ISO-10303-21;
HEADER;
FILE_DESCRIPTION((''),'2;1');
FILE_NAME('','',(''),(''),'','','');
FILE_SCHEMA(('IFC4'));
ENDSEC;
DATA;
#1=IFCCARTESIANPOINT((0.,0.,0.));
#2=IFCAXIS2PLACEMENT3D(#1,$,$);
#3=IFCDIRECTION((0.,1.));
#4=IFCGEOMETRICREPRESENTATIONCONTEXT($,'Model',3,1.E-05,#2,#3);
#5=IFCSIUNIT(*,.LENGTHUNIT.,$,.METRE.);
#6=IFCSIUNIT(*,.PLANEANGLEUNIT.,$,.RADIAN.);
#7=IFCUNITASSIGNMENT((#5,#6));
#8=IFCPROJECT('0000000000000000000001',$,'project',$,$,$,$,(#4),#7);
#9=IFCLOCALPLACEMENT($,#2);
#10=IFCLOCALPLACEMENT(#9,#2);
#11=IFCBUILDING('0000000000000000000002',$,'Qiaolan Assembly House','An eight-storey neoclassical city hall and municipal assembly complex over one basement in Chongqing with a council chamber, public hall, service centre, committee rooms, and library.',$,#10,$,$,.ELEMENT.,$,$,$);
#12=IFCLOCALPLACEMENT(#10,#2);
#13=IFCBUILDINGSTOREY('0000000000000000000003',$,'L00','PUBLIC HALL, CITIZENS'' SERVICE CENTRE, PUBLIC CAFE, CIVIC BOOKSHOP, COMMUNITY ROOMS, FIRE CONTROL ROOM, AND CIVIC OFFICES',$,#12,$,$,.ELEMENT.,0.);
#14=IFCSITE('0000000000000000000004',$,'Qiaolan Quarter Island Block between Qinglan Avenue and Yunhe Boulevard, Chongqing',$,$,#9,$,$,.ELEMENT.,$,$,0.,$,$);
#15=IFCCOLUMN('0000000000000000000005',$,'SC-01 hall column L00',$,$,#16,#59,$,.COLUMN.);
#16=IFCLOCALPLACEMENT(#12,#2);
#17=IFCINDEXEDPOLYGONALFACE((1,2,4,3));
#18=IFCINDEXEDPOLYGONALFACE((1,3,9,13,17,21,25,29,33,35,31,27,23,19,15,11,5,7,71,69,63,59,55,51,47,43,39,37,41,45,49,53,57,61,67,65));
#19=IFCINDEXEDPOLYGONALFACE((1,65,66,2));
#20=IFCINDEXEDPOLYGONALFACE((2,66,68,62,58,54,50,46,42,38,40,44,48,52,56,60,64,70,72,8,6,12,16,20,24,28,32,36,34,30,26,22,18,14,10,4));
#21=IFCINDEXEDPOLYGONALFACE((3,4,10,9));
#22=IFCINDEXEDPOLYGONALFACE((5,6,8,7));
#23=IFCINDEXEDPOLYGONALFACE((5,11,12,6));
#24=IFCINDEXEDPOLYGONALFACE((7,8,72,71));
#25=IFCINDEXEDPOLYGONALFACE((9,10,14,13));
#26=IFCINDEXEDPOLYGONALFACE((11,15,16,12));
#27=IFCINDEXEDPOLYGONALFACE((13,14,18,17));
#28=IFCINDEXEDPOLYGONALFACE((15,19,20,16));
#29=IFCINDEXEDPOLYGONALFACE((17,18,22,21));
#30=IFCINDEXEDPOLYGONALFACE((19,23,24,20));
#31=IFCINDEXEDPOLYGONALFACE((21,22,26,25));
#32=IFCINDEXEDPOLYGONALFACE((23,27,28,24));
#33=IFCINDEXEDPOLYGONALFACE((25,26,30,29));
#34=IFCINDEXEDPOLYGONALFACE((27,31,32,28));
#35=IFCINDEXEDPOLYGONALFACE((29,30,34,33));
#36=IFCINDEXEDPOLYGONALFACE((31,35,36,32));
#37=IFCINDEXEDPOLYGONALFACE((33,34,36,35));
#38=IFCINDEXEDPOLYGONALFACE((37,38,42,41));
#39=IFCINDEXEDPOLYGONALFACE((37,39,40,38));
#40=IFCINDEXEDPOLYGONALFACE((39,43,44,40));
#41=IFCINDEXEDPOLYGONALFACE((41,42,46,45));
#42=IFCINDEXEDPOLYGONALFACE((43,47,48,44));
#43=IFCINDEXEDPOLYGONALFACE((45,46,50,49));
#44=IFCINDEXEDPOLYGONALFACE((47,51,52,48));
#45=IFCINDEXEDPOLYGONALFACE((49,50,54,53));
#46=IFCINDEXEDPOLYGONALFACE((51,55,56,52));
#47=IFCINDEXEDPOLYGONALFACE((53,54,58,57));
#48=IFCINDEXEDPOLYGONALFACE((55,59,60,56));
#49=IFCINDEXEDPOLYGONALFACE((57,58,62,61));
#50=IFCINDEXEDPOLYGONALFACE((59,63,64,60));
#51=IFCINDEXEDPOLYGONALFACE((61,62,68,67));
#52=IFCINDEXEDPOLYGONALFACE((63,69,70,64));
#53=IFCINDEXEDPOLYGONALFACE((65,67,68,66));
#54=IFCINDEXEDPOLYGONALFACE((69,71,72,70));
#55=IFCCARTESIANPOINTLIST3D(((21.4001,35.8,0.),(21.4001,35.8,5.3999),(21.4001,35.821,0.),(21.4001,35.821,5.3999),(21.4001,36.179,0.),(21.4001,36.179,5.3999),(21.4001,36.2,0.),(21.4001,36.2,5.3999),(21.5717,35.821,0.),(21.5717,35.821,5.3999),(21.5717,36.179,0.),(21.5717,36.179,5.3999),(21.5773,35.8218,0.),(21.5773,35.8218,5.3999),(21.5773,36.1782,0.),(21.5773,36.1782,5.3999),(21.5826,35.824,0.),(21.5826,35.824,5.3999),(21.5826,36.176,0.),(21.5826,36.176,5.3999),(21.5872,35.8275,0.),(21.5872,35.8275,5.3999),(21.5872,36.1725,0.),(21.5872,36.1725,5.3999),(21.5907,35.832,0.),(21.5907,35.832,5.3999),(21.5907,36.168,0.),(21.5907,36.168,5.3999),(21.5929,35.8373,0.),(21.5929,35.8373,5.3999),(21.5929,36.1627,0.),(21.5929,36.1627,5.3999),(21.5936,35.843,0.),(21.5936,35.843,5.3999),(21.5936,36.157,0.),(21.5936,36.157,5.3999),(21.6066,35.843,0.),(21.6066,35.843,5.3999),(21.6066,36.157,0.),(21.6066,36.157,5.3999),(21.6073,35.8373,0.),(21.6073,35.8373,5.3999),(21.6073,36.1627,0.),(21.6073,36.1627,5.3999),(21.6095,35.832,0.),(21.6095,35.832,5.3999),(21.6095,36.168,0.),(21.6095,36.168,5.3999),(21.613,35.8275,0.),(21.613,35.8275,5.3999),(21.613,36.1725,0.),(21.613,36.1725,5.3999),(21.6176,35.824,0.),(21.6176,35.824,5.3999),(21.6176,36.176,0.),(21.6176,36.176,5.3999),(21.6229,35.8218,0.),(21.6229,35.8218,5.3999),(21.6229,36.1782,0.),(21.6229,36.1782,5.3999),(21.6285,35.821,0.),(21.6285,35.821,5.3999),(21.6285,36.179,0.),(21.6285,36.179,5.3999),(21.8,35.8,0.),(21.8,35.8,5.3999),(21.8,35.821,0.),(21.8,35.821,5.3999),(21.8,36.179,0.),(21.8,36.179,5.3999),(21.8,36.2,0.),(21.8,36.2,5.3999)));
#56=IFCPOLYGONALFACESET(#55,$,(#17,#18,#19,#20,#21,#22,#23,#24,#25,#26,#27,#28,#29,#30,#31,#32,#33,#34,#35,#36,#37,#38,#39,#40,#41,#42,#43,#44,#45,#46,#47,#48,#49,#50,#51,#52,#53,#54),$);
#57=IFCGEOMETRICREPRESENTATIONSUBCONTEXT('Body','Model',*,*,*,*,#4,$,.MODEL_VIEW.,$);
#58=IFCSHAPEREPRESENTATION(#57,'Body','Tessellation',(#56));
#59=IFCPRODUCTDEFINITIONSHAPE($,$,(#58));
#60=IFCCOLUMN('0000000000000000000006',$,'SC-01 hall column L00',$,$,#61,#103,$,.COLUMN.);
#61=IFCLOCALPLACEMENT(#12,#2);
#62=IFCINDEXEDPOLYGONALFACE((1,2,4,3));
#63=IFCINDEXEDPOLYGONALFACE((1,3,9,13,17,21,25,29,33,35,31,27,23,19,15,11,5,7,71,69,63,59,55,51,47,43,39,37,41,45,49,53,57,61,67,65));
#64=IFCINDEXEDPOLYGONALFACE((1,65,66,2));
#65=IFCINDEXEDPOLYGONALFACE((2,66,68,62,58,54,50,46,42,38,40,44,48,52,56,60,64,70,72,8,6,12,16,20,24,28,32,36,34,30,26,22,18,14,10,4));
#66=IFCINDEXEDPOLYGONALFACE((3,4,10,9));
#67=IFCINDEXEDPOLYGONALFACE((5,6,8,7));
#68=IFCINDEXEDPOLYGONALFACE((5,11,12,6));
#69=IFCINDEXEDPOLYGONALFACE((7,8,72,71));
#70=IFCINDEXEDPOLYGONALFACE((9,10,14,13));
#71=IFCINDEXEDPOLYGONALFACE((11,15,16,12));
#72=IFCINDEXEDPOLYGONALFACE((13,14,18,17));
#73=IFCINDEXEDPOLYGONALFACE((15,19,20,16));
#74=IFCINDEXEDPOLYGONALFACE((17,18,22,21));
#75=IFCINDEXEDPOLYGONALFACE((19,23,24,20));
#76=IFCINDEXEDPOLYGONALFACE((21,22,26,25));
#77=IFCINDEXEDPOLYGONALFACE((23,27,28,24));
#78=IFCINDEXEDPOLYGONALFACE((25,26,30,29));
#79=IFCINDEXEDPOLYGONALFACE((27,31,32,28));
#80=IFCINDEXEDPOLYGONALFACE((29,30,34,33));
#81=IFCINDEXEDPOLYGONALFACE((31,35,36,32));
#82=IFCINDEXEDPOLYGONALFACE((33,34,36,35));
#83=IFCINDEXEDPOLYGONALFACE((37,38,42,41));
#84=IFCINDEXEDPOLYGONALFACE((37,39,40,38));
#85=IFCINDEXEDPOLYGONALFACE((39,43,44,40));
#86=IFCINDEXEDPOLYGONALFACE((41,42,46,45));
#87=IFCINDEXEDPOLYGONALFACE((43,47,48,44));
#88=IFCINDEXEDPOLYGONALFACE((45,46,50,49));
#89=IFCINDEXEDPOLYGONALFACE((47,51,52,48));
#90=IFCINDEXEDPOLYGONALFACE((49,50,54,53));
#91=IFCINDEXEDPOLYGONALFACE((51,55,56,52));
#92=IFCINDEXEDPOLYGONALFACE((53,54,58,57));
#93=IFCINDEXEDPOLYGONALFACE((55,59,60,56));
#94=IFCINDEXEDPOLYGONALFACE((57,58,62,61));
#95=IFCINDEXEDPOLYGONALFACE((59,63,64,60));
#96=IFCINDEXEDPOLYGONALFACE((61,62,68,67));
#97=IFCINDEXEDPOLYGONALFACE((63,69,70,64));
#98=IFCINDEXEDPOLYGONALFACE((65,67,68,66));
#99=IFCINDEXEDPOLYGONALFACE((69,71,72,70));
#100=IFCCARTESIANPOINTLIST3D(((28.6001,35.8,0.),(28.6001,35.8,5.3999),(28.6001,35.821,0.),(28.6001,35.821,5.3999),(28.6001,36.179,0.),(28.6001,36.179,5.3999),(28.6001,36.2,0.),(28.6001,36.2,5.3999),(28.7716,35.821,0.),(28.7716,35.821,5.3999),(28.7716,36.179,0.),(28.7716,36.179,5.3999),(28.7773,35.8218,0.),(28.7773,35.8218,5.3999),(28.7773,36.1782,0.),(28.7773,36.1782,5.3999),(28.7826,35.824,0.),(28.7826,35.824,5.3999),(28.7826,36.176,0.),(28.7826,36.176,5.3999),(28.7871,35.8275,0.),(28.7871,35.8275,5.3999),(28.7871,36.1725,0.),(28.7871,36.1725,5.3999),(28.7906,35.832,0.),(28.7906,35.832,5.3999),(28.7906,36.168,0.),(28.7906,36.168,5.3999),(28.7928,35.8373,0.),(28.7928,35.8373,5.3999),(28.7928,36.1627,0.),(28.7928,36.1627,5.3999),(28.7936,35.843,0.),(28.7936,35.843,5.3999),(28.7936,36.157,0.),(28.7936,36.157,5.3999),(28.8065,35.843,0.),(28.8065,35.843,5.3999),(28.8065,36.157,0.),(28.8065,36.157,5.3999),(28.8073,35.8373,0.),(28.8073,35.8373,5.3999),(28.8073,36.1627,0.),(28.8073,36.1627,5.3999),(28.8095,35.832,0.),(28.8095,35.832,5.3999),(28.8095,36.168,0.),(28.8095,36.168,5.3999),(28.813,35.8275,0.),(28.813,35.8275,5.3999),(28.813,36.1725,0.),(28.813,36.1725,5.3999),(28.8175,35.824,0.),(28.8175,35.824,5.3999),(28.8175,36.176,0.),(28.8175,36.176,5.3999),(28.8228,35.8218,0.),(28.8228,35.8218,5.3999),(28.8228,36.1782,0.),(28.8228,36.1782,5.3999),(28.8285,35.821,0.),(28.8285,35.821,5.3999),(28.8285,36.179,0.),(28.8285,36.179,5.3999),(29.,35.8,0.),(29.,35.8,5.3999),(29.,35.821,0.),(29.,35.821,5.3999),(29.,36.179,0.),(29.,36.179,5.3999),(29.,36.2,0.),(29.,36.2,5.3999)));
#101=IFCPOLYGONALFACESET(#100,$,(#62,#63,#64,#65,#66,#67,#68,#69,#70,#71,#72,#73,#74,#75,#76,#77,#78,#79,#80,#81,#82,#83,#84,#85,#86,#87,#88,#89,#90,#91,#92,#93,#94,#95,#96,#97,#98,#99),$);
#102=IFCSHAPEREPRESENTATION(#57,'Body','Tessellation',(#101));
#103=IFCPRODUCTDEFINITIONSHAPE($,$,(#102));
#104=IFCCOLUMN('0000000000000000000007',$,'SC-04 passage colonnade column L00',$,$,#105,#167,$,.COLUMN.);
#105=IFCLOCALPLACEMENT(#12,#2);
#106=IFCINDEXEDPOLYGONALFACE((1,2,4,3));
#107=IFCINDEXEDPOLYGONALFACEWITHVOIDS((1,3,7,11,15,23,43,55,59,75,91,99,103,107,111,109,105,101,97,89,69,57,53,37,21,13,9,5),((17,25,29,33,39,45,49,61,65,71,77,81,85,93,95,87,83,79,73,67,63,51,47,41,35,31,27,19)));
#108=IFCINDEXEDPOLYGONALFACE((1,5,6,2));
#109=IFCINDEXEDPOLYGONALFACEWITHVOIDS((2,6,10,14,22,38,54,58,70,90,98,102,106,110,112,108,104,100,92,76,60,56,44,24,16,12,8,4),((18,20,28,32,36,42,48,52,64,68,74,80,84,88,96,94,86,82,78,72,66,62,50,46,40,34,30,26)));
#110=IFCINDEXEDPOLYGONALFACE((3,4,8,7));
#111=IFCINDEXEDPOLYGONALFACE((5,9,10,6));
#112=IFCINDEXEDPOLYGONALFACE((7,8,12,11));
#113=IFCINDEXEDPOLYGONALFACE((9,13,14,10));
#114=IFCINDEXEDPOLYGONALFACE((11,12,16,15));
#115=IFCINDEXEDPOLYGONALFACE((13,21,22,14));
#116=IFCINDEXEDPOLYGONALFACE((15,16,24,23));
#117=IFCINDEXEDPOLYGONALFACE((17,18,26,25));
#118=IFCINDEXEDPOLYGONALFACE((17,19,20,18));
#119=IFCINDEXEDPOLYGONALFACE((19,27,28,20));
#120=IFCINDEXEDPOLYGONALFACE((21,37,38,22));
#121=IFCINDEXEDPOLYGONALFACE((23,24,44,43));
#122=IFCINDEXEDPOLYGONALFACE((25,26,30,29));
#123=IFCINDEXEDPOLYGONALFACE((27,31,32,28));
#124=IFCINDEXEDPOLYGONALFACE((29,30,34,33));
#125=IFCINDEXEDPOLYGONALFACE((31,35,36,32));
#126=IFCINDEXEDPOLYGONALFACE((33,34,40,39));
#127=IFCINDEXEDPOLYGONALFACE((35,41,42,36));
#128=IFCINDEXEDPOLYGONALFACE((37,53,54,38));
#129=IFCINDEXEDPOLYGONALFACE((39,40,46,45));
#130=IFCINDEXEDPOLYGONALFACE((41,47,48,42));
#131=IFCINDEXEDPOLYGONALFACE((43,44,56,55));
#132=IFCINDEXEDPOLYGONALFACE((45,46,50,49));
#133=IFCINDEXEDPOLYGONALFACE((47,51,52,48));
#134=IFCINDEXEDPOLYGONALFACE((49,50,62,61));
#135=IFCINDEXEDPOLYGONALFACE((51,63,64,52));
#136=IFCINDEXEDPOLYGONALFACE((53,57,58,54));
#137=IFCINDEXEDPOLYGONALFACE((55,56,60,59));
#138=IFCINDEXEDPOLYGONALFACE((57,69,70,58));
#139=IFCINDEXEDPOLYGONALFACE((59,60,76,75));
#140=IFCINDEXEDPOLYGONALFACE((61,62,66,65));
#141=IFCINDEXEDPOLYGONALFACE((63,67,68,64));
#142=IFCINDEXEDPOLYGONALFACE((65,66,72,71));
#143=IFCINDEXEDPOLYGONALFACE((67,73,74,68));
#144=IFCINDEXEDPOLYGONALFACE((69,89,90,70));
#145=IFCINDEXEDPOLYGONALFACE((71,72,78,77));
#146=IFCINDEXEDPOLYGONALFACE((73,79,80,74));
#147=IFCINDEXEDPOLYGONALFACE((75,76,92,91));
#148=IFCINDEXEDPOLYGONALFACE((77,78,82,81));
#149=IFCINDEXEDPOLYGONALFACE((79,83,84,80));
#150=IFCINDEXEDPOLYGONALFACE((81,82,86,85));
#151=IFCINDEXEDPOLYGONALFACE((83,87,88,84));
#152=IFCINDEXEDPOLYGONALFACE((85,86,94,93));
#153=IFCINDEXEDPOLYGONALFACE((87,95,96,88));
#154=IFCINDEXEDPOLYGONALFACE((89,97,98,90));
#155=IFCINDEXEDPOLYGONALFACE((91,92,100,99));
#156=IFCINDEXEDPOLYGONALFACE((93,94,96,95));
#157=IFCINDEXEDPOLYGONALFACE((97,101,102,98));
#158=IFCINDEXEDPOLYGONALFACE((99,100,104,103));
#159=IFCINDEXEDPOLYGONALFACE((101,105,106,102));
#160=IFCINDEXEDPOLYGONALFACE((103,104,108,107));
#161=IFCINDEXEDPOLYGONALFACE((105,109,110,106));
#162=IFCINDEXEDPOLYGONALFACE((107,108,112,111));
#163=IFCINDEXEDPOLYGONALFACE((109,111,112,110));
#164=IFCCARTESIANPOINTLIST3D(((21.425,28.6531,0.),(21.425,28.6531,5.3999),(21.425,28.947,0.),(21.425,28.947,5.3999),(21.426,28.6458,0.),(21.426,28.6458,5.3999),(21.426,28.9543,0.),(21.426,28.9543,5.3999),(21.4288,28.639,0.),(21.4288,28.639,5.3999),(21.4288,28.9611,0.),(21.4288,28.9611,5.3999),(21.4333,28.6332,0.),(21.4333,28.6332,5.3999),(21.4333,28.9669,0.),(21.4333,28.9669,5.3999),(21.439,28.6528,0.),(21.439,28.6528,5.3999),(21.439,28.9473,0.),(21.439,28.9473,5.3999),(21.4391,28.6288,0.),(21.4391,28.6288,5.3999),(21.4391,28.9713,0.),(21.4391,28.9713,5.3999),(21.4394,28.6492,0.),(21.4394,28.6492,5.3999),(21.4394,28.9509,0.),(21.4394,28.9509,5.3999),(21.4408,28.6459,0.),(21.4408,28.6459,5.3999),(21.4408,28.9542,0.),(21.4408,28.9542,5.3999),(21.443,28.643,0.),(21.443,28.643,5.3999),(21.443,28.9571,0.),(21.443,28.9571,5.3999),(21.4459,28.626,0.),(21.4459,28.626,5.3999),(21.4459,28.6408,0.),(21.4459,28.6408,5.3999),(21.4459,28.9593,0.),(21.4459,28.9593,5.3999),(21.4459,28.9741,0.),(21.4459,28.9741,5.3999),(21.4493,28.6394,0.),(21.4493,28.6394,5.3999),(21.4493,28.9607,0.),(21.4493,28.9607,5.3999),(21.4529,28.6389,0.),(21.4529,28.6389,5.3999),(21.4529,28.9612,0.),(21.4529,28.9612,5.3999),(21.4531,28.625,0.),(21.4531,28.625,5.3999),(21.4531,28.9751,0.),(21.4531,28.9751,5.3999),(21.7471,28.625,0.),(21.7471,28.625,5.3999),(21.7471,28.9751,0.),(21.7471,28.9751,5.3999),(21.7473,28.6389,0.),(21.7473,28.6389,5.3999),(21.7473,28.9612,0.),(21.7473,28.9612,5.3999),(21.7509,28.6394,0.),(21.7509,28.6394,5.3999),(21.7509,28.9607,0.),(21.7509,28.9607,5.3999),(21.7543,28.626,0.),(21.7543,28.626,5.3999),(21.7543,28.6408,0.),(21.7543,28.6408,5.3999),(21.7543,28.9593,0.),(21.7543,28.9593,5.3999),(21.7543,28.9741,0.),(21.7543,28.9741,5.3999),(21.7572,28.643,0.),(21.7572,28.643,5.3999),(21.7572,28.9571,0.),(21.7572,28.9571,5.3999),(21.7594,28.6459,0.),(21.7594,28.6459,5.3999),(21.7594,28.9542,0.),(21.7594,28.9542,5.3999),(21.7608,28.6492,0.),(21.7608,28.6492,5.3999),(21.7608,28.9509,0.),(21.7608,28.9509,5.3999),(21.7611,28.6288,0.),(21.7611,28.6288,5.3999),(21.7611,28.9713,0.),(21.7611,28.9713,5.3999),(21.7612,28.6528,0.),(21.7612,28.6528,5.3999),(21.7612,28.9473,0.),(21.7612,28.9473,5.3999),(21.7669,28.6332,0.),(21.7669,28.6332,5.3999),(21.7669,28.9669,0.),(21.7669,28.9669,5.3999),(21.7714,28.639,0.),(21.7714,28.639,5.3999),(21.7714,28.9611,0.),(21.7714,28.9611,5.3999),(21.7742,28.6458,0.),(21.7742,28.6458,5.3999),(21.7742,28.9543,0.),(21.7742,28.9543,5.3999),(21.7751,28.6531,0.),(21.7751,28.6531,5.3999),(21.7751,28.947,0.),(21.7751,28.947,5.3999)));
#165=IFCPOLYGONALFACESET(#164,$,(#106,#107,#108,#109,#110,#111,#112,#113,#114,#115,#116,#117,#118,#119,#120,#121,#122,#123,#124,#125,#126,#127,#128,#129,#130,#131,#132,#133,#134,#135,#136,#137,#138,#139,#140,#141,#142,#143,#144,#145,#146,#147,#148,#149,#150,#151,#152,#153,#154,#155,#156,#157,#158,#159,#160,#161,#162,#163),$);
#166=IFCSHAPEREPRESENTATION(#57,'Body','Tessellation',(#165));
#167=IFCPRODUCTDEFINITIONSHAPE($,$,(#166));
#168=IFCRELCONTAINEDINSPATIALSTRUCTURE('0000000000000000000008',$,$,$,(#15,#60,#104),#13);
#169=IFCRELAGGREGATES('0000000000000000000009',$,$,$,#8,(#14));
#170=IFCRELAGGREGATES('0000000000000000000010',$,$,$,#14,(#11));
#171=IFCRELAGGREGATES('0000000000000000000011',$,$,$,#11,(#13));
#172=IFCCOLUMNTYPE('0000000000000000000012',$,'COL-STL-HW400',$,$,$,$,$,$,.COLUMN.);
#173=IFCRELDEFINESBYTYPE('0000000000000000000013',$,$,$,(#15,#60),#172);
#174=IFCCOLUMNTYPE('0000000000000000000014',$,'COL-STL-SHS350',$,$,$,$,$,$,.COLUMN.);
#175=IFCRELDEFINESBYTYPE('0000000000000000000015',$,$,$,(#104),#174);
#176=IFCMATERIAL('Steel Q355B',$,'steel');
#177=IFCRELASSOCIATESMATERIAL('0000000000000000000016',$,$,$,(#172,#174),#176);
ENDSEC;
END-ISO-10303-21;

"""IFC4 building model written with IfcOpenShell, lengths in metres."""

from ifc_helpers import new_model, si_unit, direction, frame, origin, origin_2d, place, context, subcontext, project, spatial, hollow_rectangle, i_section, extrude, material, material_profile, profile_set, type_object, element, save


model = new_model("IFC4")

# Units and contexts
model_context = context("Model", 3, precision=1e-05, world=origin(), true_north=direction((0.0, 1.0)))
body_context = subcontext(model_context, "Body", "Model", "MODEL_VIEW")
ifc_project = project(units=[si_unit("LENGTHUNIT", "METRE"), si_unit("PLANEANGLEUNIT", "RADIAN")], contexts=[model_context])

# Site, building, storey
site_placement = place(None, origin())
site = spatial("IfcSite", under=ifc_project, at=site_placement, Name="Qiaolan Quarter Island Block between Qinglan Avenue and Yunhe Boulevard, Chongqing", CompositionType="ELEMENT", RefElevation=0.0)
building_placement = place(site_placement, origin())
building = spatial("IfcBuilding", under=site, at=building_placement, Name="Qiaolan Assembly House", Description="An eight-storey neoclassical city hall and municipal assembly complex over one basement in Chongqing with a council chamber, public hall, service centre, committee rooms, and library.", CompositionType="ELEMENT")
storey_placement = place(building_placement, origin())
storey = spatial("IfcBuildingStorey", under=building, at=storey_placement, Name="L00", Description="PUBLIC HALL, CITIZENS' SERVICE CENTRE, PUBLIC CAFE, CIVIC BOOKSHOP, COMMUNITY ROOMS, FIRE CONTROL ROOM, AND CIVIC OFFICES", CompositionType="ELEMENT", Elevation=0.0)

# Columns
ifc_material_1 = material(Name="Steel Q355B", Category="steel")
ifc_material_profile_1 = material_profile(ifc_material_1, i_section(OverallWidth=0.3999, OverallDepth=0.3999, WebThickness=0.0129, FlangeThickness=0.021, FilletRadius=0.022, at=origin_2d()), Name="HW 400x400x13x21")
ifc_profile_set_1 = profile_set([ifc_material_profile_1], Name="Steel Q355B")
column_type_1 = type_object("IfcColumnType", Name="COL-STL-HW400", PredefinedType="COLUMN", material=ifc_profile_set_1)
for number, where, z_axis, x_axis, name in (
    (1, (21.6001, 36.0, 0.0), (0.0, 0.0, 1.0), (1.0, 0.0, 0.0), "SC-01 hall column L00"),
    (2, (28.8, 36.0, 0.0), (0.0, 0.0, 1.0), (1.0, 0.0, 0.0), "SC-01 hall column L00"),
):
    element("IfcColumn", number, at=place(storey_placement, frame(where, z_axis=z_axis, x_axis=x_axis)), inside=storey, type_object=column_type_1, Name=name, PredefinedType="COLUMN", context=body_context, shape_type="SweptSolid", body=[
        extrude(i_section(OverallWidth=0.3999, OverallDepth=0.3999, WebThickness=0.0129, FlangeThickness=0.021, FilletRadius=0.022, at=origin_2d()), origin(), (0.0, 0.0, 1.0), 5.3999),
    ])
ifc_material_profile_2 = material_profile(ifc_material_1, hollow_rectangle(XDim=0.3501, YDim=0.3501, WallThickness=0.0139, InnerFilletRadius=0.0139, OuterFilletRadius=0.0281, at=origin_2d()), Name="SHS 350x350x14")
ifc_profile_set_2 = profile_set([ifc_material_profile_2], Name="Steel Q355B")
column_type_2 = type_object("IfcColumnType", Name="COL-STL-SHS350", PredefinedType="COLUMN", material=ifc_profile_set_2)
for number, where, z_axis, x_axis, name in (
    (3, (21.6001, 28.8, 0.0), (0.0, 0.0, 1.0), (1.0, 0.0, 0.0), "SC-04 passage colonnade column L00"),
):
    element("IfcColumn", number, at=place(storey_placement, frame(where, z_axis=z_axis, x_axis=x_axis)), inside=storey, type_object=column_type_2, Name=name, PredefinedType="COLUMN", context=body_context, shape_type="SweptSolid", body=[
        extrude(hollow_rectangle(XDim=0.3501, YDim=0.3501, WallThickness=0.0139, InnerFilletRadius=0.0139, OuterFilletRadius=0.0281, at=origin_2d()), origin(), (0.0, 0.0, 1.0), 5.3999),
    ])

save(model, "model.ifc")
